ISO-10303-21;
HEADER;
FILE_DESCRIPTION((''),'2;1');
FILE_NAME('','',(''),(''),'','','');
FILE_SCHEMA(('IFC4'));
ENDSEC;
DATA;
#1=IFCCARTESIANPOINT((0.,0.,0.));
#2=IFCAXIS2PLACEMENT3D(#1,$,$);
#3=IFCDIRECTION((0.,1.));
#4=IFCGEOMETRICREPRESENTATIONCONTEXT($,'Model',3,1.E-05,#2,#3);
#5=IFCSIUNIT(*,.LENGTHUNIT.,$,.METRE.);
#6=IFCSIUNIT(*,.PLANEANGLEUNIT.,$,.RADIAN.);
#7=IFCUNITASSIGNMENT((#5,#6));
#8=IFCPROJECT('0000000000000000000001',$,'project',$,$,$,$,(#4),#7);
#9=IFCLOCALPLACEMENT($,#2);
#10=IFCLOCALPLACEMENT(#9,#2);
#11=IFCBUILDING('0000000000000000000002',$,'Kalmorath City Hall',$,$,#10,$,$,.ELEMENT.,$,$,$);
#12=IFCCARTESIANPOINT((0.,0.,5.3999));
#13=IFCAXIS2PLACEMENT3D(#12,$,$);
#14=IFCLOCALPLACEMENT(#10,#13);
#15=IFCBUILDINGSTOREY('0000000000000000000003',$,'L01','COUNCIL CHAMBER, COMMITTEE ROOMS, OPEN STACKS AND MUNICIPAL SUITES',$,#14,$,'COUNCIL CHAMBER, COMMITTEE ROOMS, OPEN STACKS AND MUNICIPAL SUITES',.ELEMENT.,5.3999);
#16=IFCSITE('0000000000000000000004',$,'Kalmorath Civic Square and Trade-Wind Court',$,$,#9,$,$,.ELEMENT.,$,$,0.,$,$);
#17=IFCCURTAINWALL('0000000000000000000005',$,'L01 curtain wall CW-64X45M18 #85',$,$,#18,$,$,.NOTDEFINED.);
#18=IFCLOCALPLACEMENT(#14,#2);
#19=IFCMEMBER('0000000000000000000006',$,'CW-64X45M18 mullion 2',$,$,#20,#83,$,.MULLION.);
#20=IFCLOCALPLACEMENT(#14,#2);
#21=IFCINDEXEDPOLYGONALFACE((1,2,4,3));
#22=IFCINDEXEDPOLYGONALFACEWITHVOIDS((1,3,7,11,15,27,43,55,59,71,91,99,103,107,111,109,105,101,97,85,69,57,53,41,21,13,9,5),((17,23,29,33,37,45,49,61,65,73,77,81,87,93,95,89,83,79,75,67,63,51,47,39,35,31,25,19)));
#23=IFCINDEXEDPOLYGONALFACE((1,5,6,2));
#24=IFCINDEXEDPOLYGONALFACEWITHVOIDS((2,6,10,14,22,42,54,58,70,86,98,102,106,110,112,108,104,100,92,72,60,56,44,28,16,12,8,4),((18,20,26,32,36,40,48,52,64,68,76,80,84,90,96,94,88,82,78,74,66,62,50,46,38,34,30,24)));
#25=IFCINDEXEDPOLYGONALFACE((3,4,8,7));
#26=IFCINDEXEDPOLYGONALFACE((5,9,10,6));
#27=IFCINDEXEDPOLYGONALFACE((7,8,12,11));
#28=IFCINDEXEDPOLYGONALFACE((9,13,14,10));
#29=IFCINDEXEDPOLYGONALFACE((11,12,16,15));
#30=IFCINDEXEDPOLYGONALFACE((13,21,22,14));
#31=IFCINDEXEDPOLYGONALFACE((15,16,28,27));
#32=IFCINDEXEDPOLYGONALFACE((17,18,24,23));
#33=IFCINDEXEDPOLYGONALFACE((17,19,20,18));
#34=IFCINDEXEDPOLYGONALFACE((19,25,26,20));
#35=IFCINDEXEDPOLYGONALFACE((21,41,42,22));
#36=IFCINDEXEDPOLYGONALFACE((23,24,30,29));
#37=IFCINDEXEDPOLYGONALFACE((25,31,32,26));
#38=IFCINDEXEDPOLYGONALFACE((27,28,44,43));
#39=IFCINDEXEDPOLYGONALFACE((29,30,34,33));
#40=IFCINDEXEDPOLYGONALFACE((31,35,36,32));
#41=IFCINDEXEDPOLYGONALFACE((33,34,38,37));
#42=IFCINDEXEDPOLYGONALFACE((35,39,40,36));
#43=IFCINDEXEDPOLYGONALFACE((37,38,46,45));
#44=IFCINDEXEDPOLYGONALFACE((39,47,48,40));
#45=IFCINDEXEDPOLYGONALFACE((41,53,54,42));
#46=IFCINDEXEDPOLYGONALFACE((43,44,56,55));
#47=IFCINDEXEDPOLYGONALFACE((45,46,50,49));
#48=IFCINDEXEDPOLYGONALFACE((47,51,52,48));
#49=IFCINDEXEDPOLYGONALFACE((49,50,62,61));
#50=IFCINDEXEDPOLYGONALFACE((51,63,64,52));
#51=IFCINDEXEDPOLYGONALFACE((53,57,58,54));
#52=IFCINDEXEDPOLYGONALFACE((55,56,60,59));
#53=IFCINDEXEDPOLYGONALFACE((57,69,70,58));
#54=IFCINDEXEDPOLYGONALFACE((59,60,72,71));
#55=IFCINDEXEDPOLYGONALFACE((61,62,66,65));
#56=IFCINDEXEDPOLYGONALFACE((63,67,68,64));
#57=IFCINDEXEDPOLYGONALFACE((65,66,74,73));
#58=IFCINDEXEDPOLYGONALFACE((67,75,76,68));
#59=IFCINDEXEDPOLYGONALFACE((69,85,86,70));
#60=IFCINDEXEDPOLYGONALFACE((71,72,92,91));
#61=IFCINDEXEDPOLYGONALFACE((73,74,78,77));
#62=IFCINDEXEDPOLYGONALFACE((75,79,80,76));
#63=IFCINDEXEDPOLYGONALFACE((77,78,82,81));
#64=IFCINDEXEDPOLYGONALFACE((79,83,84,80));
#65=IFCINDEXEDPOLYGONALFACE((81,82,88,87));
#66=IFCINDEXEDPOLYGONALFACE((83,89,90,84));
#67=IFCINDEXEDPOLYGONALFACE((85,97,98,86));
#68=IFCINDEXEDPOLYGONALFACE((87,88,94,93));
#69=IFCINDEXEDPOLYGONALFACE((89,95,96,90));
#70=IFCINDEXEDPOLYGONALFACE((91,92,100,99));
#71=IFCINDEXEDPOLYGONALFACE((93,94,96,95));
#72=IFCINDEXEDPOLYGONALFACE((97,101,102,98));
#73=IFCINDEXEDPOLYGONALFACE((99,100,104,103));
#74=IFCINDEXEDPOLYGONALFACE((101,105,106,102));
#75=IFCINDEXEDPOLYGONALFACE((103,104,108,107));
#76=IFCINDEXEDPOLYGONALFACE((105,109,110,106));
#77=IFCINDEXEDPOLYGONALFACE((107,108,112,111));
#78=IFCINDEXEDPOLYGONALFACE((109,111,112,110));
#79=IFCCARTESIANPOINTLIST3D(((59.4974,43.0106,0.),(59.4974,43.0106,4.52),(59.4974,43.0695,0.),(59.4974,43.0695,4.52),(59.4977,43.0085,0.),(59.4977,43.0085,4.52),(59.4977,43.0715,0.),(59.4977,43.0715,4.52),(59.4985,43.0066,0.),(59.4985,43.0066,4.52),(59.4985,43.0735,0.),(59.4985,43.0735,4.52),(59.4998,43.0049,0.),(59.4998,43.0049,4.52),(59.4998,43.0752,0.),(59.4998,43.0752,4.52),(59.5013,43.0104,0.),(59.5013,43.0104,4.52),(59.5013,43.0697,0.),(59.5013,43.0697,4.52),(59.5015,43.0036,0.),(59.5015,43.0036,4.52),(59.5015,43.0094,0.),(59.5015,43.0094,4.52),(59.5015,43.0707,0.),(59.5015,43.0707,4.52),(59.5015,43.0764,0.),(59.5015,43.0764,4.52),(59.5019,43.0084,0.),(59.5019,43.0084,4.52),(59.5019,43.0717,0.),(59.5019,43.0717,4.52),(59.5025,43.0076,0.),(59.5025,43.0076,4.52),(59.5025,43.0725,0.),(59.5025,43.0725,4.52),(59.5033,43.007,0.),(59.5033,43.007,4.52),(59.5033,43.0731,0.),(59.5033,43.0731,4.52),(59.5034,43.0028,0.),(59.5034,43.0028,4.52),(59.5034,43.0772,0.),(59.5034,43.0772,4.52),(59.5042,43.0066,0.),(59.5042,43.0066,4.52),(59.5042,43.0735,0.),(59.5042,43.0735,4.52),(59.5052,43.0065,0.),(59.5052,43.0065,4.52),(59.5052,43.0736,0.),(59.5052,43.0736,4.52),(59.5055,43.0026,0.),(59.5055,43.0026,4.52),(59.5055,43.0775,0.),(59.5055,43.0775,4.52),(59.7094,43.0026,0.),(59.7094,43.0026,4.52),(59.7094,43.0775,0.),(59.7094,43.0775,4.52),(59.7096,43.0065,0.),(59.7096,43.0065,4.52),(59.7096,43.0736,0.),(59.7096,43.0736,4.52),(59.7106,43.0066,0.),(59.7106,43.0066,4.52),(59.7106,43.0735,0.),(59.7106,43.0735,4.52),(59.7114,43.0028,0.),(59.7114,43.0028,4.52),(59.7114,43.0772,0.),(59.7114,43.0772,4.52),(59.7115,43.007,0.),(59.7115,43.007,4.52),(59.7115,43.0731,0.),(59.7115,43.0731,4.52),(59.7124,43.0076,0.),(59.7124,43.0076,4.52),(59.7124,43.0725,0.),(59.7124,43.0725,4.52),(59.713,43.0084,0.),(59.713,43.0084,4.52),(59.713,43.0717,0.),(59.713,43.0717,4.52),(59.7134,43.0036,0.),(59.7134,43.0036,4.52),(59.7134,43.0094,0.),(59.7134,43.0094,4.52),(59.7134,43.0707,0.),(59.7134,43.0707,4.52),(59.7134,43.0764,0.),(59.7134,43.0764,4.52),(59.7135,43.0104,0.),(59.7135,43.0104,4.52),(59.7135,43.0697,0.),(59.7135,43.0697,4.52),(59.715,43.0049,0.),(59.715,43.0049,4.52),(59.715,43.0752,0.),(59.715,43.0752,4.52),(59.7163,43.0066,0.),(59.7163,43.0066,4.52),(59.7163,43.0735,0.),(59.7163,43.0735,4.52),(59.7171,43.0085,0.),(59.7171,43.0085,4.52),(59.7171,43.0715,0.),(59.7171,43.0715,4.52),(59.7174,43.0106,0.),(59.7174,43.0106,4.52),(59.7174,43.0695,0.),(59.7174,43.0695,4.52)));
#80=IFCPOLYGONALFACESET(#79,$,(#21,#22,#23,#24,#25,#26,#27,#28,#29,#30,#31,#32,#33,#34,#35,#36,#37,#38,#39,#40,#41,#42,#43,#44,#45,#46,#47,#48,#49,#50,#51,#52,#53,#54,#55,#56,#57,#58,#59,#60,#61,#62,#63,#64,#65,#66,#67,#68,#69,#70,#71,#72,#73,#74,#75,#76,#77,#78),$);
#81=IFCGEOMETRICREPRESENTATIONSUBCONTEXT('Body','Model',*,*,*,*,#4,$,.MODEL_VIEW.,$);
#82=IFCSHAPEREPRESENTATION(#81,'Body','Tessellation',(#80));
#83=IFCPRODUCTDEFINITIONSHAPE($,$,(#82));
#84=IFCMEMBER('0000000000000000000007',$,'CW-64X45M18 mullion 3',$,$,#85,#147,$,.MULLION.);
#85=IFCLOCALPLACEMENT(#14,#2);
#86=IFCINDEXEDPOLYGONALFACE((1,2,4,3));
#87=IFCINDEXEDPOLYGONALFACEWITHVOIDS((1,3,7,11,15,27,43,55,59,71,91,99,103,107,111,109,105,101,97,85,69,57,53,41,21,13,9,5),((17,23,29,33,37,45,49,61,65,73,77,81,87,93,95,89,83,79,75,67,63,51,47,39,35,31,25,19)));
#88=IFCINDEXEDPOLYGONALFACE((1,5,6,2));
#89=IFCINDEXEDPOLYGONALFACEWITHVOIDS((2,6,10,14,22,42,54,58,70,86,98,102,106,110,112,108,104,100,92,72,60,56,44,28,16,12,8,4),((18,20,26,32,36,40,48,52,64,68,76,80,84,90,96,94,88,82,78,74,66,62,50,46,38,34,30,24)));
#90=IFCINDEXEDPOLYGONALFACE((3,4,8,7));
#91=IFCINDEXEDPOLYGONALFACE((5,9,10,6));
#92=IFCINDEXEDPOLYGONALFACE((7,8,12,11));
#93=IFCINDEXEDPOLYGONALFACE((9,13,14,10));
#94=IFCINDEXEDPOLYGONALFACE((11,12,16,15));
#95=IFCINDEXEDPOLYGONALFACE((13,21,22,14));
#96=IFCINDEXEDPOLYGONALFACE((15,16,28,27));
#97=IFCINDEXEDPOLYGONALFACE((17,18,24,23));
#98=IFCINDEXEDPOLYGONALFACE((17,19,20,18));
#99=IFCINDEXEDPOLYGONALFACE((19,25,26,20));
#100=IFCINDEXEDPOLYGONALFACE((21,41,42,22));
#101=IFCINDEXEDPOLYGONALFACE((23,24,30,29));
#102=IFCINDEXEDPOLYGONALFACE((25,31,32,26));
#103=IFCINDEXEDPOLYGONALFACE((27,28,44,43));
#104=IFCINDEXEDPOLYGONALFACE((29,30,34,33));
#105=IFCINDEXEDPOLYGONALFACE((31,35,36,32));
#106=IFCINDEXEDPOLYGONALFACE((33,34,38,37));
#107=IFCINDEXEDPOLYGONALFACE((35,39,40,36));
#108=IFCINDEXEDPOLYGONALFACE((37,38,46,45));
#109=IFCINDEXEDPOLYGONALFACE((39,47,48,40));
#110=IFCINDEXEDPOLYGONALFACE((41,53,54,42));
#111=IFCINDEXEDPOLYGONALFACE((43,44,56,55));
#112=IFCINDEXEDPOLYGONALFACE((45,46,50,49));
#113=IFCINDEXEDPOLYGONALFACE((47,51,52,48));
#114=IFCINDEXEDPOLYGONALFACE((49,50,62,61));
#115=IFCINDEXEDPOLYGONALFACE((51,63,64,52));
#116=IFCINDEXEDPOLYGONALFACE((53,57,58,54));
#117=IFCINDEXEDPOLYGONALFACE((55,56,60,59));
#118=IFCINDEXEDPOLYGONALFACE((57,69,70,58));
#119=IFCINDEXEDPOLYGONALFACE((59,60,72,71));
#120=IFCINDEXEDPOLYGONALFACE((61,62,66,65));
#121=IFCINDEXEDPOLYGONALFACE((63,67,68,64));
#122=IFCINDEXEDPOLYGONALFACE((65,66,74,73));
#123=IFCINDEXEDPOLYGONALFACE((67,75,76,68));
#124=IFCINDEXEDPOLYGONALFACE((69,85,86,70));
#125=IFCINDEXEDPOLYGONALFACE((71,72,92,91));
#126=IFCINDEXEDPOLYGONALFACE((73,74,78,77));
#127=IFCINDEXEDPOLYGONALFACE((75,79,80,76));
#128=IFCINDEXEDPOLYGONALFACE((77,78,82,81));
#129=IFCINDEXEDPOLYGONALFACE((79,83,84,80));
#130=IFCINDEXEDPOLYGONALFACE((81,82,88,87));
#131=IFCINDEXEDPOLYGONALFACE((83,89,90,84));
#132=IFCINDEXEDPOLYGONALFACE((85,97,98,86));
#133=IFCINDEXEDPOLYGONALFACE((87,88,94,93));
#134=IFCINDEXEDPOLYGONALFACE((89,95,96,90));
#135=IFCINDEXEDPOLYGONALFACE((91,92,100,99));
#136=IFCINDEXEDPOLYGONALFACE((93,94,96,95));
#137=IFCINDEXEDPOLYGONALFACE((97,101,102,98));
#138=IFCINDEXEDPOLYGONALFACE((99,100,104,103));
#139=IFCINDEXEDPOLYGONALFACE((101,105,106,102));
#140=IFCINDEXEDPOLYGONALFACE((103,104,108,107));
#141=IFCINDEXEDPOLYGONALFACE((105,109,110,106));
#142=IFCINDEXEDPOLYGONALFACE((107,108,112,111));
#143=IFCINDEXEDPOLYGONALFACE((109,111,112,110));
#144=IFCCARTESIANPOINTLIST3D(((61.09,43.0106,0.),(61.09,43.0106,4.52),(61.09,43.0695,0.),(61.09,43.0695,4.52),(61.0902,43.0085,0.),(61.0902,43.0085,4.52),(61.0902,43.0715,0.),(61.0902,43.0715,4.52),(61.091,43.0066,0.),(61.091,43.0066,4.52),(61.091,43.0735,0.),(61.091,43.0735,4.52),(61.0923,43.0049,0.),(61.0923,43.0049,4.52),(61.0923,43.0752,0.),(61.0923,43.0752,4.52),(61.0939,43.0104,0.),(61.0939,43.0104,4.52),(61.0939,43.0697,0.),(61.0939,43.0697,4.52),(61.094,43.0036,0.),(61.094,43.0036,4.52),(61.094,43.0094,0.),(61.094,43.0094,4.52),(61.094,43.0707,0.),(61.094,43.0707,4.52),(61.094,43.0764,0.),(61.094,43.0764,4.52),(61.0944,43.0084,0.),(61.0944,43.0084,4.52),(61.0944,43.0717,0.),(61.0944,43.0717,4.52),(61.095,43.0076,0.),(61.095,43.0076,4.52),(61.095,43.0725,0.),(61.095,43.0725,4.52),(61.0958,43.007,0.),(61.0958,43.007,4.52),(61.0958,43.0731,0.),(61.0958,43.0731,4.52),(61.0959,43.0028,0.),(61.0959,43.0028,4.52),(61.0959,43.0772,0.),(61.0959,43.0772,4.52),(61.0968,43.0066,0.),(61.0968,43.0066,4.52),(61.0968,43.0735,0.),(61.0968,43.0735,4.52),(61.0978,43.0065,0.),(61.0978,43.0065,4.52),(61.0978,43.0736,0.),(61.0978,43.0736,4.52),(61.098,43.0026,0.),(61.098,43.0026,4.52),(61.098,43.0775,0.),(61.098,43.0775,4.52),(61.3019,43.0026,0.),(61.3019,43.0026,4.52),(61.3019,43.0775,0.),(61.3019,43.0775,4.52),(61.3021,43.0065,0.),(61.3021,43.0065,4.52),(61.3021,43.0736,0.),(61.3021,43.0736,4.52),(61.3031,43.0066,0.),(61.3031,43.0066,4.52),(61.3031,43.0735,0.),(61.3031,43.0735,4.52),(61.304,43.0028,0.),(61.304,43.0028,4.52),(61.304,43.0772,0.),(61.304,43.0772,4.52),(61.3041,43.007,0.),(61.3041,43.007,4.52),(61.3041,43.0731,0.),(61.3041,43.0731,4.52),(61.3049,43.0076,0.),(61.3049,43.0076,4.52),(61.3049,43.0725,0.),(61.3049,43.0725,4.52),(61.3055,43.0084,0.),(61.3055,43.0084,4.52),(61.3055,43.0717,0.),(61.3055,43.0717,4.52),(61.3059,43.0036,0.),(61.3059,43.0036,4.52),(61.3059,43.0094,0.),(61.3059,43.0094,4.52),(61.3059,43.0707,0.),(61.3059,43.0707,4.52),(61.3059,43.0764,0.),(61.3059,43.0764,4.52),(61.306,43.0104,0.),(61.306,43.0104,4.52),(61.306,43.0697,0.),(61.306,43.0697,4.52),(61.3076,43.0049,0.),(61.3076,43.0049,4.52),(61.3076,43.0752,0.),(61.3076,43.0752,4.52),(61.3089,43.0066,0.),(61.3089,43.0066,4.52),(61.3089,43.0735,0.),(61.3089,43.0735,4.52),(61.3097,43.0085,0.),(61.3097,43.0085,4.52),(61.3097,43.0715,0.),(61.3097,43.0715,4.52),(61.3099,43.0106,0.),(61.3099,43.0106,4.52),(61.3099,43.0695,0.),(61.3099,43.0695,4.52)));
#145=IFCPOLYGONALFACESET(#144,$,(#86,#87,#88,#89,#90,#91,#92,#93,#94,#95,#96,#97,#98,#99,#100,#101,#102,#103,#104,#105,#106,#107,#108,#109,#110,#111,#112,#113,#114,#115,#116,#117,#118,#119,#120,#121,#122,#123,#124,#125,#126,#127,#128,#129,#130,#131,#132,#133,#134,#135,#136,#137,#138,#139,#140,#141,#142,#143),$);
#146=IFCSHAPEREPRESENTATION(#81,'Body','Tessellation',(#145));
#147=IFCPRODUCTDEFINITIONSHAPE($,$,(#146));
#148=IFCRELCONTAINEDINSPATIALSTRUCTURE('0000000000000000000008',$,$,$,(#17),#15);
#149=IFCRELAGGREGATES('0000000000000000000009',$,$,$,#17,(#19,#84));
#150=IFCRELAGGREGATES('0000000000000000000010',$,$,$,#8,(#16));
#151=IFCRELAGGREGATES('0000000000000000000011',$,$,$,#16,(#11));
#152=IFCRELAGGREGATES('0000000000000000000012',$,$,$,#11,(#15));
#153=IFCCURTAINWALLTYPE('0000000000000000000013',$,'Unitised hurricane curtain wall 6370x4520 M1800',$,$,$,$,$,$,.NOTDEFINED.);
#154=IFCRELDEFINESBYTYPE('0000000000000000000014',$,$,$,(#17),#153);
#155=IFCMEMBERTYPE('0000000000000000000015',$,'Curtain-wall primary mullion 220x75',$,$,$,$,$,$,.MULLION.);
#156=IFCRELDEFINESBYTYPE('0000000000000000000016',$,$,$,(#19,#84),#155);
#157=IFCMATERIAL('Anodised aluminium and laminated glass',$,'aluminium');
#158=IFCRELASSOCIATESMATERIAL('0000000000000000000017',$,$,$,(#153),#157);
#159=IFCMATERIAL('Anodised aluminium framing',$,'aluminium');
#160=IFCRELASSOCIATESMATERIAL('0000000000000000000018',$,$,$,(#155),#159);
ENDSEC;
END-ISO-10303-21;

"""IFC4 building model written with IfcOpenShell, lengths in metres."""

from ifc_helpers import new_model, si_unit, direction, frame, origin, origin_2d, place, context, subcontext, project, spatial, hollow_rectangle, extrude, material, material_profile, profile_set, type_object, element, aggregate, save


model = new_model("IFC4")

# Units and contexts
model_context = context("Model", 3, precision=1e-05, world=origin(), true_north=direction((0.0, 1.0)))
body_context = subcontext(model_context, "Body", "Model", "MODEL_VIEW")
ifc_project = project(units=[si_unit("LENGTHUNIT", "METRE"), si_unit("PLANEANGLEUNIT", "RADIAN")], contexts=[model_context])

# Site, building, storey
site_placement = place(None, origin())
site = spatial("IfcSite", under=ifc_project, at=site_placement, Name="Kalmorath Civic Square and Trade-Wind Court", CompositionType="ELEMENT", RefElevation=0.0)
building_placement = place(site_placement, origin())
building = spatial("IfcBuilding", under=site, at=building_placement, Name="Kalmorath City Hall", CompositionType="ELEMENT")
storey_placement = place(building_placement, frame((0.0, 0.0, 5.3999)))
storey = spatial("IfcBuildingStorey", under=building, at=storey_placement, Name="L01", Description="COUNCIL CHAMBER, COMMITTEE ROOMS, OPEN STACKS AND MUNICIPAL SUITES", LongName="COUNCIL CHAMBER, COMMITTEE ROOMS, OPEN STACKS AND MUNICIPAL SUITES", CompositionType="ELEMENT", Elevation=5.3999)

# Curtain wall, members
ifc_material_1 = material(Name="Anodised aluminium and laminated glass", Category="aluminium")
curtain_wall_type_1 = type_object("IfcCurtainWallType", Name="Unitised hurricane curtain wall 6370x4520 M1800", PredefinedType="NOTDEFINED", material=ifc_material_1)
curtain_wall_1_placement = place(storey_placement, origin())
curtain_wall_1 = element("IfcCurtainWall", 1, at=curtain_wall_1_placement, inside=storey, type_object=curtain_wall_type_1, Name="L01 curtain wall CW-64X45M18 #85", PredefinedType="NOTDEFINED")
ifc_material_2 = material(Name="Anodised aluminium framing", Category="aluminium")
ifc_material_profile_1 = material_profile(ifc_material_2, hollow_rectangle(XDim=0.075, YDim=0.22, WallThickness=0.0039, InnerFilletRadius=0.0039, OuterFilletRadius=0.0081, at=origin_2d()), Name="ALU-MUL-220X75X4")
ifc_profile_set_1 = profile_set([ifc_material_profile_1], Name="Anodised aluminium framing")
member_type_1 = type_object("IfcMemberType", Name="Curtain-wall primary mullion 220x75", PredefinedType="MULLION", material=ifc_profile_set_1)
member_1_placement = place(storey_placement, frame((59.6074, 43.04, 0.0), z_axis=(0.0, 0.0, 1.0), x_axis=(0.0, 1.0, 0.0)))
member_1 = element("IfcMember", 2, at=member_1_placement, type_object=member_type_1, Name="CW-64X45M18 mullion 2", PredefinedType="MULLION", context=body_context, shape_type="SweptSolid", body=[
    extrude(hollow_rectangle(XDim=0.075, YDim=0.22, WallThickness=0.0039, InnerFilletRadius=0.0039, OuterFilletRadius=0.0081, at=origin_2d()), origin(), (0.0, 0.0, 1.0), 4.52),
])
member_2_placement = place(storey_placement, frame((61.2, 43.04, 0.0), z_axis=(0.0, 0.0, 1.0), x_axis=(0.0, 1.0, 0.0)))
member_2 = element("IfcMember", 3, at=member_2_placement, type_object=member_type_1, Name="CW-64X45M18 mullion 3", PredefinedType="MULLION", context=body_context, shape_type="SweptSolid", body=[
    extrude(hollow_rectangle(XDim=0.075, YDim=0.22, WallThickness=0.0039, InnerFilletRadius=0.0039, OuterFilletRadius=0.0081, at=origin_2d()), origin(), (0.0, 0.0, 1.0), 4.52),
])

aggregate(curtain_wall_1, [member_1, member_2])

save(model, "model.ifc")
